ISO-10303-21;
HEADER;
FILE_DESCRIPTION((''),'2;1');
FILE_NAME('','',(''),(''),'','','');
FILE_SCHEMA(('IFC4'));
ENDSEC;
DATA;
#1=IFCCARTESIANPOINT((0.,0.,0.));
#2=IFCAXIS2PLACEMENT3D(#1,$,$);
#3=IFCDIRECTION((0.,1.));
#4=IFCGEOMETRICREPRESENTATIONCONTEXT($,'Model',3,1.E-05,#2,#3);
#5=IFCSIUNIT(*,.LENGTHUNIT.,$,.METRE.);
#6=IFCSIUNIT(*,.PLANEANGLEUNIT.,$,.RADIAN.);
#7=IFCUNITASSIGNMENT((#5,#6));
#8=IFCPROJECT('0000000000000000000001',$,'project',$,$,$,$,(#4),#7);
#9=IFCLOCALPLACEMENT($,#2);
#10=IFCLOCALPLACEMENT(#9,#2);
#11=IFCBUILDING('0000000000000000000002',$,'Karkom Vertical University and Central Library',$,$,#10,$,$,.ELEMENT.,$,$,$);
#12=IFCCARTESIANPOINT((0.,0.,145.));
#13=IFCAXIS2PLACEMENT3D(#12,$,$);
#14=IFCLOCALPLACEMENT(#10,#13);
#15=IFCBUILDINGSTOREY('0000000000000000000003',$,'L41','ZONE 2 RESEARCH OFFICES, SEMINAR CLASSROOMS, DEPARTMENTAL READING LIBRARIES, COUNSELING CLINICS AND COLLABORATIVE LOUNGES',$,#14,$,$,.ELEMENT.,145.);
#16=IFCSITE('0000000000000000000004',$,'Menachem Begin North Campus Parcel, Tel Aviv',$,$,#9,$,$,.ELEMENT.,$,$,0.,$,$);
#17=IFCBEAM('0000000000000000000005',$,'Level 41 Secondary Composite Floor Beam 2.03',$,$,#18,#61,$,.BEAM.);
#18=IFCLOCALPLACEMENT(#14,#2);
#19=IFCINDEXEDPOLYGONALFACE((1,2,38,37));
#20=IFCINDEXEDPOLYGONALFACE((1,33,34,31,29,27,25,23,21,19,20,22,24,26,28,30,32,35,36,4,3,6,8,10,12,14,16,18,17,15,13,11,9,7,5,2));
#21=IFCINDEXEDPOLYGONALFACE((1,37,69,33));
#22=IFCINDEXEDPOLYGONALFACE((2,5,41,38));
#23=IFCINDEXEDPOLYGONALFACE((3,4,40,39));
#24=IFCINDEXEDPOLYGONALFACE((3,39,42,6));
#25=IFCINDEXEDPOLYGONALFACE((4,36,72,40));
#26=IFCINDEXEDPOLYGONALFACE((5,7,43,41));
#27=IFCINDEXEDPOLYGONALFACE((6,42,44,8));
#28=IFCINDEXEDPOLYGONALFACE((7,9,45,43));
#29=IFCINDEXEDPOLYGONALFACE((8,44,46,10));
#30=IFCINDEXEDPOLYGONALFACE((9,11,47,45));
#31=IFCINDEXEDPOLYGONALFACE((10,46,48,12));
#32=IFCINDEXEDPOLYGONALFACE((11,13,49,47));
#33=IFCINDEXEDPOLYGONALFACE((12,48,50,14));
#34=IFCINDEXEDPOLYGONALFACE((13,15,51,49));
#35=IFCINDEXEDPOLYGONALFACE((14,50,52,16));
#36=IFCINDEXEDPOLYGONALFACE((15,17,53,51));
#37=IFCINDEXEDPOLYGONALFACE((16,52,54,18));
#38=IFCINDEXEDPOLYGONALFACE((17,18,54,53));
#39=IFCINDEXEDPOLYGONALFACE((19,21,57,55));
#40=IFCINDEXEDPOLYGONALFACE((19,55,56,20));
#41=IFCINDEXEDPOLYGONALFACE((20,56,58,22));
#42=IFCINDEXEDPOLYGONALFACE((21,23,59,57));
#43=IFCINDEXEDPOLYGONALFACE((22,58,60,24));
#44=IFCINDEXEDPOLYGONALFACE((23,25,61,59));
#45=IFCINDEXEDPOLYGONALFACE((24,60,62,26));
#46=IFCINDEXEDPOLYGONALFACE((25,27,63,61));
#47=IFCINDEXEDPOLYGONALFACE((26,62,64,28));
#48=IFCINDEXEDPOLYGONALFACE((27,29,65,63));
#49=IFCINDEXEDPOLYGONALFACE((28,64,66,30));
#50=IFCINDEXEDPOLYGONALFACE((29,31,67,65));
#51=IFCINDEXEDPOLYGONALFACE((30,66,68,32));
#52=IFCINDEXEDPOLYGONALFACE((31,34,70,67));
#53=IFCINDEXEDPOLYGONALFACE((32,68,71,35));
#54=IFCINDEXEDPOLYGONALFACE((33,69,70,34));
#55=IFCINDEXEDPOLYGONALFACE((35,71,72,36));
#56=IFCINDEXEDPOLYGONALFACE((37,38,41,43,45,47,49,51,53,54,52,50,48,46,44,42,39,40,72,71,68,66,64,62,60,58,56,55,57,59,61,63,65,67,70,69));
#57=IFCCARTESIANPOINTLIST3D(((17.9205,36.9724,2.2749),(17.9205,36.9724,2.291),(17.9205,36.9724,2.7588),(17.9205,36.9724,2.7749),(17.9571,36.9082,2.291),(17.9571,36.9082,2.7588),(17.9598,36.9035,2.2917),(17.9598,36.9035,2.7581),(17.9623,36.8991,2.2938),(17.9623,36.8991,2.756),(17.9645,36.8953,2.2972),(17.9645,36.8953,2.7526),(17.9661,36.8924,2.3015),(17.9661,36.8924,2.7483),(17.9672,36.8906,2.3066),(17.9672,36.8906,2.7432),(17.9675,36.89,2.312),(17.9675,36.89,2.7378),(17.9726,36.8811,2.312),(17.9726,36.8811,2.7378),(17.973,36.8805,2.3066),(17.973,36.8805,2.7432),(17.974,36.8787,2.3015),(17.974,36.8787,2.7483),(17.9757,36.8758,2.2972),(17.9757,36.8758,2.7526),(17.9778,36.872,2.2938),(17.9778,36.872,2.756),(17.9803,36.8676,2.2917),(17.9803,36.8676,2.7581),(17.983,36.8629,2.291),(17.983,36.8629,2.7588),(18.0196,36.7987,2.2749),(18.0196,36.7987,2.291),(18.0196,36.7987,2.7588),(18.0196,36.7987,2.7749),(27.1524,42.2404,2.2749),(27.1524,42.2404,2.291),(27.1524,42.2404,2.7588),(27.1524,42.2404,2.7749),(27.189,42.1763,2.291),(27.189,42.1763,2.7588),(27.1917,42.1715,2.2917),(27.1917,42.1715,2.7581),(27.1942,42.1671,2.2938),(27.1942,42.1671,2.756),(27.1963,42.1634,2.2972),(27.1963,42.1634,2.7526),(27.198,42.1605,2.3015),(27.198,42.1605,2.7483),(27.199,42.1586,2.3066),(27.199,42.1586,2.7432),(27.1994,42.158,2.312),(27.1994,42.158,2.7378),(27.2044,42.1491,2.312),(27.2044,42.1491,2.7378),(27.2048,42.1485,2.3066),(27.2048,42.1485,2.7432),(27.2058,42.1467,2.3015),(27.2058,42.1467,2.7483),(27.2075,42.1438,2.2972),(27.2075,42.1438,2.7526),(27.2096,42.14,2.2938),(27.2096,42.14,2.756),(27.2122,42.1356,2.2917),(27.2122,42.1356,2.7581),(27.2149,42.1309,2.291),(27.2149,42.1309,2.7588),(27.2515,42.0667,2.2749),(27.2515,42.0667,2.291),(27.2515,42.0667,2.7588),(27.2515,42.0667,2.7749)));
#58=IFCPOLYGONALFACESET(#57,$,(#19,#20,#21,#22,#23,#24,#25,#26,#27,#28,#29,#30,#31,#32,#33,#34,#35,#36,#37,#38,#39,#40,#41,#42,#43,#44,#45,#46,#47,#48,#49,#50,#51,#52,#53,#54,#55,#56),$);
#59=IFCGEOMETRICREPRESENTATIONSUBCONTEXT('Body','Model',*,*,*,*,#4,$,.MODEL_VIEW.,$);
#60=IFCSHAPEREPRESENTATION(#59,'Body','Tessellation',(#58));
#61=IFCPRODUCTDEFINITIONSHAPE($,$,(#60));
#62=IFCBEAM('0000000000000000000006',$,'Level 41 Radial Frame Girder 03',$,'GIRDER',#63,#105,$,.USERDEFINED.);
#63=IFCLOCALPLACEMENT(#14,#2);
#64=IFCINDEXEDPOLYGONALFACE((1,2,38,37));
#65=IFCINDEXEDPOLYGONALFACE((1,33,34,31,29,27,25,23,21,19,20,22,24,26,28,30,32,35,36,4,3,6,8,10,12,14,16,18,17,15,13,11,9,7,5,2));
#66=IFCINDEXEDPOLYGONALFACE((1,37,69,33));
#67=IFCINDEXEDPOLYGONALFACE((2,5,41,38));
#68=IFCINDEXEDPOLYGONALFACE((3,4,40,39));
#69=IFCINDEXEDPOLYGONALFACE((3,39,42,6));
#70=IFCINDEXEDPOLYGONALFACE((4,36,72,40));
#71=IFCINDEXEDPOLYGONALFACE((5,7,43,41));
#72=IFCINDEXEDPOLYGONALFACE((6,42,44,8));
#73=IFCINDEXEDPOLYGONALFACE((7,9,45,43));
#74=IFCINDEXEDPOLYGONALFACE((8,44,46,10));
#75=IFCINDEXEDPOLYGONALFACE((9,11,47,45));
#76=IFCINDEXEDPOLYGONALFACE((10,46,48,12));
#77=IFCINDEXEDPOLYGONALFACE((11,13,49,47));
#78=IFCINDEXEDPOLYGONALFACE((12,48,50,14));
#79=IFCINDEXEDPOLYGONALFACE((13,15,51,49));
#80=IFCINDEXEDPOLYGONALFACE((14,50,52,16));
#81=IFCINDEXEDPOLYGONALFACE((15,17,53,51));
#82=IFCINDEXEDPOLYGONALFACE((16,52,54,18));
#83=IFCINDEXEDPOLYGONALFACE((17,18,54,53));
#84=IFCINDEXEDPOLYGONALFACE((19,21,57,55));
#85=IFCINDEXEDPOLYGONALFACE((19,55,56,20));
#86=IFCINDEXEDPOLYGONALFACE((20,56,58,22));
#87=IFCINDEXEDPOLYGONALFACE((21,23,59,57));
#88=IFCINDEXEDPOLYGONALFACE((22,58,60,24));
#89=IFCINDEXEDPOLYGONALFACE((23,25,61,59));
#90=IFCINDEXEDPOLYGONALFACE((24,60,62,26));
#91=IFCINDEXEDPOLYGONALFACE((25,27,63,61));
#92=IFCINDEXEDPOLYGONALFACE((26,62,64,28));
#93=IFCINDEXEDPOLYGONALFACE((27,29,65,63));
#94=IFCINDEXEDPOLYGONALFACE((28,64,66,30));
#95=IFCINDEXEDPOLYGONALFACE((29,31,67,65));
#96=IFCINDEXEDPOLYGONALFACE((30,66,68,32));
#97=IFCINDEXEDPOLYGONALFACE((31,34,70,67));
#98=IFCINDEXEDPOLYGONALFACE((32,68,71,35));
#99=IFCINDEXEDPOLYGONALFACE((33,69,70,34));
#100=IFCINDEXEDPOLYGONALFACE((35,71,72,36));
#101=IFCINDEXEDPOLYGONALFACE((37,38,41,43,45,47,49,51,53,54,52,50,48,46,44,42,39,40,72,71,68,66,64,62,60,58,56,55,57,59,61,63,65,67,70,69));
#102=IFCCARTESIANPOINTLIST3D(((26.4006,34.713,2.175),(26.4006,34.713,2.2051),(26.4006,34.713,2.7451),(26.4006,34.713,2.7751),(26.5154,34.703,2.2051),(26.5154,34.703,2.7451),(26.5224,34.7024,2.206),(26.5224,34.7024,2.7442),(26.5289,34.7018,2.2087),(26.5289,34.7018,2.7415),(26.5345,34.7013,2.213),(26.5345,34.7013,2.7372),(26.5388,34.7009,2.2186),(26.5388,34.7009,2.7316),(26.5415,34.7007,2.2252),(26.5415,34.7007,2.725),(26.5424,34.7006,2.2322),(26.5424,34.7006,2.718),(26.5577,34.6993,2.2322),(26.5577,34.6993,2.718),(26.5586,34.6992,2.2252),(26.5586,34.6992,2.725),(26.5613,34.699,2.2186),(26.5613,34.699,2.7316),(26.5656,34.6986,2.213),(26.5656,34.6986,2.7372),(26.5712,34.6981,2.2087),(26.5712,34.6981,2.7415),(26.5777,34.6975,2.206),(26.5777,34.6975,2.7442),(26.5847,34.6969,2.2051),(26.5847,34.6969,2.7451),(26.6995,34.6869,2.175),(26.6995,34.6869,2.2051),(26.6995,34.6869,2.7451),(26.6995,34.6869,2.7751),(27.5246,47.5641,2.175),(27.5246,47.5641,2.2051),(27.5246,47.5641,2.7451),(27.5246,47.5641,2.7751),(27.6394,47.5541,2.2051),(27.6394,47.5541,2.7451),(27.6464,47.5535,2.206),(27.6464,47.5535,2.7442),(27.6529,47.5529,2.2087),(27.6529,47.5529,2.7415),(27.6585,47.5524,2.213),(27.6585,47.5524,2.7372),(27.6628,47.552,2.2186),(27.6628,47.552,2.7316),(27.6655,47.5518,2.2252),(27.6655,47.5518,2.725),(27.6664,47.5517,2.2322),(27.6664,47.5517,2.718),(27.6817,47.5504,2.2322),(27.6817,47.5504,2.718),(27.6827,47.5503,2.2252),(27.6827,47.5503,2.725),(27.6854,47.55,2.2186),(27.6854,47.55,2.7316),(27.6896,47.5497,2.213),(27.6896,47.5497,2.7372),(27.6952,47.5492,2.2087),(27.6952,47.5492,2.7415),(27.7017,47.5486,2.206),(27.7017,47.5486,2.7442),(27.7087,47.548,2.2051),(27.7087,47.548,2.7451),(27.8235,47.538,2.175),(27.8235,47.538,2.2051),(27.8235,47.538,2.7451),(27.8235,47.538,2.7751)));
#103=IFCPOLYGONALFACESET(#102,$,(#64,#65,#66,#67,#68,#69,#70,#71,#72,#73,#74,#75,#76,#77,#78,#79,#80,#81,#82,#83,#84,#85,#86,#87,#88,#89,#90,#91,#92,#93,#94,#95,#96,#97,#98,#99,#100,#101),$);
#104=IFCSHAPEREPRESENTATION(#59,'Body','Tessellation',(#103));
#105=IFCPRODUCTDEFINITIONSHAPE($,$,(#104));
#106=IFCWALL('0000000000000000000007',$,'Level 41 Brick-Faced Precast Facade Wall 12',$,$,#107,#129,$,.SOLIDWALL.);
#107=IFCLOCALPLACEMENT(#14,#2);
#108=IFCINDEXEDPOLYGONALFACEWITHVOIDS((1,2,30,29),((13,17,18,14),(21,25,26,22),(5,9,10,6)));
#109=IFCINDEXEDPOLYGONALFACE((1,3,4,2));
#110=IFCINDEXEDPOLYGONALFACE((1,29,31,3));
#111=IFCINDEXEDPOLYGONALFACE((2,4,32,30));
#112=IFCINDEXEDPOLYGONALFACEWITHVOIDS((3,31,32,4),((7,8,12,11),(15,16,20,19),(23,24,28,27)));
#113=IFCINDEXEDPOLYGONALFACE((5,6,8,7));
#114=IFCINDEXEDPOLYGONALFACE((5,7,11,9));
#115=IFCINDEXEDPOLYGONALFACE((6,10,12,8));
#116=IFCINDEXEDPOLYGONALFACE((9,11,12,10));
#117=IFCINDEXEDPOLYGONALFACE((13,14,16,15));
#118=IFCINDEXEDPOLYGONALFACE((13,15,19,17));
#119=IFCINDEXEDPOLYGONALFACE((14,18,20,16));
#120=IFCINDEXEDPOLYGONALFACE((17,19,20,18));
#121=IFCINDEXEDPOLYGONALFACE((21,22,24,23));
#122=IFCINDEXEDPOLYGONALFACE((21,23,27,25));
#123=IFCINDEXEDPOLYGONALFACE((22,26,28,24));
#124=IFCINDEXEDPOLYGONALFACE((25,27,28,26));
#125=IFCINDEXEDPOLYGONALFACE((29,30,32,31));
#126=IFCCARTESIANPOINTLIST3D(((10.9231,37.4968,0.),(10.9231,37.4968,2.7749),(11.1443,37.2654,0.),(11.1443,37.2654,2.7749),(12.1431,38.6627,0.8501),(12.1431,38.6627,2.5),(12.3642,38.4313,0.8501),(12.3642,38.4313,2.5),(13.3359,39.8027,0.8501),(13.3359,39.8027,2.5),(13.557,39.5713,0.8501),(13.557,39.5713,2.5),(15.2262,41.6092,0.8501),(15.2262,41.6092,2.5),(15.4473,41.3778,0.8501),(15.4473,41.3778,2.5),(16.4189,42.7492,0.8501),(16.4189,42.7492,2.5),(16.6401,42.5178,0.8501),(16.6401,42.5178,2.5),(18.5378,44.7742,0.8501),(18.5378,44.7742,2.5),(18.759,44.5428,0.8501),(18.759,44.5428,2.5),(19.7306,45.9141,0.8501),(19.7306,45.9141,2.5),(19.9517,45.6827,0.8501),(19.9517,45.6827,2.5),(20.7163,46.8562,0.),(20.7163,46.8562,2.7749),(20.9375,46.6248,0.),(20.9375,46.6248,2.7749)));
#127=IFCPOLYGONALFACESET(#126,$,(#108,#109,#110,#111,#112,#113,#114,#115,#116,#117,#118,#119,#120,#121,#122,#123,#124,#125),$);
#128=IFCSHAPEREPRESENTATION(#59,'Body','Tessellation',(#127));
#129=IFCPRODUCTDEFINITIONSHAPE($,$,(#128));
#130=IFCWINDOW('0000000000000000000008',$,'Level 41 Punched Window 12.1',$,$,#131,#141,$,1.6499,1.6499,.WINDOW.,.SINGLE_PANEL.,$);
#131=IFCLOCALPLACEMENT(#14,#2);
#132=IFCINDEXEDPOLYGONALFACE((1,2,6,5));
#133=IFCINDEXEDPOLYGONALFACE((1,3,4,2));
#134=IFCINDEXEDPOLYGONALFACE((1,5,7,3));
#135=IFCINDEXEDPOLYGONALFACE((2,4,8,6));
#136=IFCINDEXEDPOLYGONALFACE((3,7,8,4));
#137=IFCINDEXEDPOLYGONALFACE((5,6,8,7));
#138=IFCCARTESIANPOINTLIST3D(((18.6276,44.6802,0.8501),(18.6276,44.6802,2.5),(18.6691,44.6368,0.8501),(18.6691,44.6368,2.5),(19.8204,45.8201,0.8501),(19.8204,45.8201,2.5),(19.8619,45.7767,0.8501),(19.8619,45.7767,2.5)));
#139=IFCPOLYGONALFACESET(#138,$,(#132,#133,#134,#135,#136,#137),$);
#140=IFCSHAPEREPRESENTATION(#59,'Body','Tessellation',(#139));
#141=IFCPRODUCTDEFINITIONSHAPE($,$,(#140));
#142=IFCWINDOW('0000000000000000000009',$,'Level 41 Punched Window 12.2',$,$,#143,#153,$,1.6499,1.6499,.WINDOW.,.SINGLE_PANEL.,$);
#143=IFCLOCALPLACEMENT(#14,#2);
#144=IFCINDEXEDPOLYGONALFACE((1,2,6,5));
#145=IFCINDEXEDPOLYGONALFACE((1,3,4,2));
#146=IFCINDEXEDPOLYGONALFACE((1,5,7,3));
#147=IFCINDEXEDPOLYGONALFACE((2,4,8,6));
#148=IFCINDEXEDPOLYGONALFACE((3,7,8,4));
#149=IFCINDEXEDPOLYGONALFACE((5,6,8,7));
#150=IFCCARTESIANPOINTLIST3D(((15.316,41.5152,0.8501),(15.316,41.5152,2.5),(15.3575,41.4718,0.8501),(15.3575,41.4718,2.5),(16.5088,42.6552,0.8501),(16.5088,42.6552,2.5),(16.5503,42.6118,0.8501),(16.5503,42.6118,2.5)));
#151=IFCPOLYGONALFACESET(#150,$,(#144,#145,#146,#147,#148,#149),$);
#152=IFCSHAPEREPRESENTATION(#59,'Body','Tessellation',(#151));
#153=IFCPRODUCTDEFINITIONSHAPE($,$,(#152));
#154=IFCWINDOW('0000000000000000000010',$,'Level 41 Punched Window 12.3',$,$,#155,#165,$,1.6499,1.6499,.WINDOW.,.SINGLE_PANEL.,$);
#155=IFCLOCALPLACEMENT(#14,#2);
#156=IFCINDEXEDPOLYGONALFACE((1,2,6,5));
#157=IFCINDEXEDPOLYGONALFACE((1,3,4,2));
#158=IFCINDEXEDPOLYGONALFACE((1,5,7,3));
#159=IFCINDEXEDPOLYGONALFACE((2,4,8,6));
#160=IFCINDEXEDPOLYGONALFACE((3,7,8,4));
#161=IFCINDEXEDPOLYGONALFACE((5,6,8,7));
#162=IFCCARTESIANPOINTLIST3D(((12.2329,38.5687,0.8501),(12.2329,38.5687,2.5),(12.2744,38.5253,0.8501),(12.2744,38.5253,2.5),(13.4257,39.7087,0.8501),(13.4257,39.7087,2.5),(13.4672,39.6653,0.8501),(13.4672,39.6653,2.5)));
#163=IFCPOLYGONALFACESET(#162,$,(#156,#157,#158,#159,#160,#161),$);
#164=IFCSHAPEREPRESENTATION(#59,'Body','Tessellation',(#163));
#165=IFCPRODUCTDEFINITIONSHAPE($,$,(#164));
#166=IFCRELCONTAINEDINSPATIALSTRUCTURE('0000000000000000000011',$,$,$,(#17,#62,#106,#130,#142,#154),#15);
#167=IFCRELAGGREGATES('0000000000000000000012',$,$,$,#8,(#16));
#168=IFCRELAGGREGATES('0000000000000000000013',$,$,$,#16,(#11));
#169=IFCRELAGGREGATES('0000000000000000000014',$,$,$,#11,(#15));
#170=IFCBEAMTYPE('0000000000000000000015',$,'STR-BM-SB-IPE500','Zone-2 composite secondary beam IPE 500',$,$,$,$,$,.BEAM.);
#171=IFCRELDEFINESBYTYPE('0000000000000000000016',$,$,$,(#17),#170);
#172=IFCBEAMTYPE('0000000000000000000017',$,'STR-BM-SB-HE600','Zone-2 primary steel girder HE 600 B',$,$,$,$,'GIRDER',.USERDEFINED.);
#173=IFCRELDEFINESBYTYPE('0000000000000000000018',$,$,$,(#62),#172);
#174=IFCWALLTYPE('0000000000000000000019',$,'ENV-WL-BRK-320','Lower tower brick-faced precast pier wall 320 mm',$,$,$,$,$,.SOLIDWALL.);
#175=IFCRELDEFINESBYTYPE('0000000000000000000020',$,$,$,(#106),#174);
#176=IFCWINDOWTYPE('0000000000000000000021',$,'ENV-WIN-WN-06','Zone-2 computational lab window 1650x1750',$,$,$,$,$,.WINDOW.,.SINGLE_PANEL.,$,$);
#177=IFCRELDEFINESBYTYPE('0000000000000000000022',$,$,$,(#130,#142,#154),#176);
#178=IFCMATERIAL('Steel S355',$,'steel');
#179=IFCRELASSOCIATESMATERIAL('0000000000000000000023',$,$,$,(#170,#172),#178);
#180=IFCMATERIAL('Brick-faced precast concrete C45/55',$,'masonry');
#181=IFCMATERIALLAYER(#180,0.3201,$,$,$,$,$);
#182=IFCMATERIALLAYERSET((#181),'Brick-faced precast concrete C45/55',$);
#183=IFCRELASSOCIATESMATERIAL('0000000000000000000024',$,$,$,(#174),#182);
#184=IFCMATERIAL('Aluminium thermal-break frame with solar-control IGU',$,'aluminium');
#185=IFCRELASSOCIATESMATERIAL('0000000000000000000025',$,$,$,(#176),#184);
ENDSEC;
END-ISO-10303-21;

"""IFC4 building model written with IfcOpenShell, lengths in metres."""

from ifc_helpers import new_model, si_unit, direction, frame, frame_2d, origin, origin_with_axes, origin_2d, place, context, subcontext, project, spatial, rectangle, i_section, extrude, source, transform, mapped, material, layer, layer_set, material_profile, profile_set, type_object, element, fill, save


model = new_model("IFC4")

# Units and contexts
model_context = context("Model", 3, precision=1e-05, world=origin(), true_north=direction((0.0, 1.0)))
body_context = subcontext(model_context, "Body", "Model", "MODEL_VIEW")
ifc_project = project(units=[si_unit("LENGTHUNIT", "METRE"), si_unit("PLANEANGLEUNIT", "RADIAN")], contexts=[model_context])

# Site, building, storey
site_placement = place(None, origin())
site = spatial("IfcSite", under=ifc_project, at=site_placement, Name="Menachem Begin North Campus Parcel, Tel Aviv", CompositionType="ELEMENT", RefElevation=0.0)
building_placement = place(site_placement, origin())
building = spatial("IfcBuilding", under=site, at=building_placement, Name="Karkom Vertical University and Central Library", CompositionType="ELEMENT")
storey_placement = place(building_placement, frame((0.0, 0.0, 145.0)))
storey = spatial("IfcBuildingStorey", under=building, at=storey_placement, Name="L41", Description="ZONE 2 RESEARCH OFFICES, SEMINAR CLASSROOMS, DEPARTMENTAL READING LIBRARIES, COUNSELING CLINICS AND COLLABORATIVE LOUNGES", CompositionType="ELEMENT", Elevation=145.0)

# Beams
ifc_material_1 = material(Name="Steel S355", Category="steel")
ifc_material_profile_1 = material_profile(ifc_material_1, i_section(OverallWidth=0.2, OverallDepth=0.5, WebThickness=0.0103, FlangeThickness=0.0161, FilletRadius=0.021, at=origin_2d()), Name="IPE 500")
ifc_profile_set_1 = profile_set([ifc_material_profile_1], Name="Steel S355")
beam_type_1 = type_object("IfcBeamType", Name="STR-BM-SB-IPE500", Description="Zone-2 composite secondary beam IPE 500", PredefinedType="BEAM", material=ifc_profile_set_1)
shared_shape_1 = source(origin_with_axes(), body_context, "Body", "SweptSolid", [
    extrude(i_section(OverallWidth=0.2, OverallDepth=0.5, WebThickness=0.0103, FlangeThickness=0.0161, FilletRadius=0.021, at=origin_2d()), origin(), (0.0, 0.0, 1.0), 10.6292),
])
beam_1_placement = place(storey_placement, frame((27.2019, 42.1536, 2.5249), z_axis=(-0.86854, -0.495619, 0.0), x_axis=(0.495619, -0.86854, 0.0)))
element("IfcBeam", 1, at=beam_1_placement, inside=storey, type_object=beam_type_1, Name="Level 41 Secondary Composite Floor Beam 2.03", PredefinedType="BEAM", context=body_context, shape_type="MappedRepresentation", body=[
    mapped(shared_shape_1, transform((0.0, 0.0, 0.0), scale=1.0)),
])
ifc_material_profile_2 = material_profile(ifc_material_1, i_section(OverallWidth=0.3, OverallDepth=0.6001, WebThickness=0.0154, FlangeThickness=0.03, FilletRadius=0.0271, at=origin_2d()), Name="HE 600 B")
ifc_profile_set_2 = profile_set([ifc_material_profile_2], Name="Steel S355")
beam_type_2 = type_object("IfcBeamType", Name="STR-BM-SB-HE600", Description="Zone-2 primary steel girder HE 600 B", ElementType="GIRDER", PredefinedType="USERDEFINED", material=ifc_profile_set_2)
shared_shape_2 = source(origin_with_axes(), body_context, "Body", "SweptSolid", [
    extrude(i_section(OverallWidth=0.3, OverallDepth=0.6001, WebThickness=0.0154, FlangeThickness=0.03, FilletRadius=0.0271, at=origin_2d()), origin(), (0.0, 0.0, 1.0), 12.9001),
])
beam_2_placement = place(storey_placement, frame((26.55, 34.7, 2.4751), z_axis=(0.087133, 0.996197, 0.0), x_axis=(-0.996197, 0.087133, 0.0)))
element("IfcBeam", 2, at=beam_2_placement, inside=storey, type_object=beam_type_2, Name="Level 41 Radial Frame Girder 03", ObjectType="GIRDER", PredefinedType="USERDEFINED", context=body_context, shape_type="MappedRepresentation", body=[
    mapped(shared_shape_2, transform((0.0, 0.0, 0.0), scale=1.0)),
])

# Wall, openings, windows
ifc_material_2 = material(Name="Brick-faced precast concrete C45/55", Category="masonry")
ifc_layer_1 = layer(ifc_material_2, 0.3201)
ifc_layer_set_1 = layer_set([ifc_layer_1], Name="Brick-faced precast concrete C45/55")
wall_type_1 = type_object("IfcWallType", Name="ENV-WL-BRK-320", Description="Lower tower brick-faced precast pier wall 320 mm", PredefinedType="SOLIDWALL", material=ifc_layer_set_1)
wall_1_placement = place(storey_placement, frame((20.8269, 46.7405, 0.0), z_axis=(0.0, 0.0, 1.0), x_axis=(-0.722938, -0.690912, 0.0)))
wall_1 = element("IfcWall", 3, at=wall_1_placement, inside=storey, type_object=wall_type_1, Name="Level 41 Brick-Faced Precast Facade Wall 12", PredefinedType="SOLIDWALL", context=body_context, shape_type="SweptSolid", body=[
    extrude(rectangle(XDim=13.5464, YDim=0.3201, at=frame_2d((6.7732, 0.0))), origin(), (0.0, 0.0, 1.0), 2.7749),
])
opening_1_placement = place(wall_1_placement, frame((1.3635, 0.0, 0.8501)))
opening_1 = element("IfcOpeningElement", 4, at=opening_1_placement, cuts=wall_1, PredefinedType="OPENING", context=body_context, shape_type="SweptSolid", body=[
    extrude(rectangle(XDim=1.6499, YDim=1.6499, at=frame_2d((0.825, 0.825))), frame((0.0, 0.1699, 0.0), z_axis=(0.0, -1.0, 0.0), x_axis=(1.0, 0.0, 0.0)), (0.0, 0.0, 1.0), 0.3401),
])
opening_2_placement = place(wall_1_placement, frame((5.9443, 0.0, 0.8501)))
opening_2 = element("IfcOpeningElement", 5, at=opening_2_placement, cuts=wall_1, PredefinedType="OPENING", context=body_context, shape_type="SweptSolid", body=[
    extrude(rectangle(XDim=1.6499, YDim=1.6499, at=frame_2d((0.825, 0.825))), frame((0.0, 0.1699, 0.0), z_axis=(0.0, -1.0, 0.0), x_axis=(1.0, 0.0, 0.0)), (0.0, 0.0, 1.0), 0.3401),
])
opening_3_placement = place(wall_1_placement, frame((10.209, 0.0, 0.8501)))
opening_3 = element("IfcOpeningElement", 6, at=opening_3_placement, cuts=wall_1, PredefinedType="OPENING", context=body_context, shape_type="SweptSolid", body=[
    extrude(rectangle(XDim=1.6499, YDim=1.6499, at=frame_2d((0.825, 0.825))), frame((0.0, 0.1699, 0.0), z_axis=(0.0, -1.0, 0.0), x_axis=(1.0, 0.0, 0.0)), (0.0, 0.0, 1.0), 0.3401),
])
ifc_material_3 = material(Name="Aluminium thermal-break frame with solar-control IGU", Category="aluminium")
window_type = type_object("IfcWindowType", Name="ENV-WIN-WN-06", Description="Zone-2 computational lab window 1650x1750", PartitioningType="SINGLE_PANEL", PredefinedType="WINDOW", material=ifc_material_3)
shared_shape_3 = source(origin_with_axes(), body_context, "Body", "SweptSolid", [
    extrude(rectangle(XDim=1.6499, YDim=1.6499, at=frame_2d((0.825, 0.825))), frame((0.0, 0.03, 0.0), z_axis=(0.0, -1.0, 0.0), x_axis=(1.0, 0.0, 0.0)), (0.0, 0.0, 1.0), 0.0601),
])
window_1_placement = place(opening_1_placement, origin())
window_1 = element("IfcWindow", 7, at=window_1_placement, inside=storey, type_object=window_type, Name="Level 41 Punched Window 12.1", OverallHeight=1.6499, OverallWidth=1.6499, PartitioningType="SINGLE_PANEL", PredefinedType="WINDOW", context=body_context, shape_type="MappedRepresentation", body=[
    mapped(shared_shape_3, transform((0.0, 0.0, 0.0), scale=1.0)),
])
fill(opening_1, window_1)
window_2_placement = place(opening_2_placement, origin())
window_2 = element("IfcWindow", 8, at=window_2_placement, inside=storey, type_object=window_type, Name="Level 41 Punched Window 12.2", OverallHeight=1.6499, OverallWidth=1.6499, PartitioningType="SINGLE_PANEL", PredefinedType="WINDOW", context=body_context, shape_type="MappedRepresentation", body=[
    mapped(shared_shape_3, transform((0.0, 0.0, 0.0), scale=1.0)),
])
fill(opening_2, window_2)
window_3_placement = place(opening_3_placement, origin())
window_3 = element("IfcWindow", 9, at=window_3_placement, inside=storey, type_object=window_type, Name="Level 41 Punched Window 12.3", OverallHeight=1.6499, OverallWidth=1.6499, PartitioningType="SINGLE_PANEL", PredefinedType="WINDOW", context=body_context, shape_type="MappedRepresentation", body=[
    mapped(shared_shape_3, transform((0.0, 0.0, 0.0), scale=1.0)),
])
fill(opening_3, window_3)

save(model, "model.ifc")
